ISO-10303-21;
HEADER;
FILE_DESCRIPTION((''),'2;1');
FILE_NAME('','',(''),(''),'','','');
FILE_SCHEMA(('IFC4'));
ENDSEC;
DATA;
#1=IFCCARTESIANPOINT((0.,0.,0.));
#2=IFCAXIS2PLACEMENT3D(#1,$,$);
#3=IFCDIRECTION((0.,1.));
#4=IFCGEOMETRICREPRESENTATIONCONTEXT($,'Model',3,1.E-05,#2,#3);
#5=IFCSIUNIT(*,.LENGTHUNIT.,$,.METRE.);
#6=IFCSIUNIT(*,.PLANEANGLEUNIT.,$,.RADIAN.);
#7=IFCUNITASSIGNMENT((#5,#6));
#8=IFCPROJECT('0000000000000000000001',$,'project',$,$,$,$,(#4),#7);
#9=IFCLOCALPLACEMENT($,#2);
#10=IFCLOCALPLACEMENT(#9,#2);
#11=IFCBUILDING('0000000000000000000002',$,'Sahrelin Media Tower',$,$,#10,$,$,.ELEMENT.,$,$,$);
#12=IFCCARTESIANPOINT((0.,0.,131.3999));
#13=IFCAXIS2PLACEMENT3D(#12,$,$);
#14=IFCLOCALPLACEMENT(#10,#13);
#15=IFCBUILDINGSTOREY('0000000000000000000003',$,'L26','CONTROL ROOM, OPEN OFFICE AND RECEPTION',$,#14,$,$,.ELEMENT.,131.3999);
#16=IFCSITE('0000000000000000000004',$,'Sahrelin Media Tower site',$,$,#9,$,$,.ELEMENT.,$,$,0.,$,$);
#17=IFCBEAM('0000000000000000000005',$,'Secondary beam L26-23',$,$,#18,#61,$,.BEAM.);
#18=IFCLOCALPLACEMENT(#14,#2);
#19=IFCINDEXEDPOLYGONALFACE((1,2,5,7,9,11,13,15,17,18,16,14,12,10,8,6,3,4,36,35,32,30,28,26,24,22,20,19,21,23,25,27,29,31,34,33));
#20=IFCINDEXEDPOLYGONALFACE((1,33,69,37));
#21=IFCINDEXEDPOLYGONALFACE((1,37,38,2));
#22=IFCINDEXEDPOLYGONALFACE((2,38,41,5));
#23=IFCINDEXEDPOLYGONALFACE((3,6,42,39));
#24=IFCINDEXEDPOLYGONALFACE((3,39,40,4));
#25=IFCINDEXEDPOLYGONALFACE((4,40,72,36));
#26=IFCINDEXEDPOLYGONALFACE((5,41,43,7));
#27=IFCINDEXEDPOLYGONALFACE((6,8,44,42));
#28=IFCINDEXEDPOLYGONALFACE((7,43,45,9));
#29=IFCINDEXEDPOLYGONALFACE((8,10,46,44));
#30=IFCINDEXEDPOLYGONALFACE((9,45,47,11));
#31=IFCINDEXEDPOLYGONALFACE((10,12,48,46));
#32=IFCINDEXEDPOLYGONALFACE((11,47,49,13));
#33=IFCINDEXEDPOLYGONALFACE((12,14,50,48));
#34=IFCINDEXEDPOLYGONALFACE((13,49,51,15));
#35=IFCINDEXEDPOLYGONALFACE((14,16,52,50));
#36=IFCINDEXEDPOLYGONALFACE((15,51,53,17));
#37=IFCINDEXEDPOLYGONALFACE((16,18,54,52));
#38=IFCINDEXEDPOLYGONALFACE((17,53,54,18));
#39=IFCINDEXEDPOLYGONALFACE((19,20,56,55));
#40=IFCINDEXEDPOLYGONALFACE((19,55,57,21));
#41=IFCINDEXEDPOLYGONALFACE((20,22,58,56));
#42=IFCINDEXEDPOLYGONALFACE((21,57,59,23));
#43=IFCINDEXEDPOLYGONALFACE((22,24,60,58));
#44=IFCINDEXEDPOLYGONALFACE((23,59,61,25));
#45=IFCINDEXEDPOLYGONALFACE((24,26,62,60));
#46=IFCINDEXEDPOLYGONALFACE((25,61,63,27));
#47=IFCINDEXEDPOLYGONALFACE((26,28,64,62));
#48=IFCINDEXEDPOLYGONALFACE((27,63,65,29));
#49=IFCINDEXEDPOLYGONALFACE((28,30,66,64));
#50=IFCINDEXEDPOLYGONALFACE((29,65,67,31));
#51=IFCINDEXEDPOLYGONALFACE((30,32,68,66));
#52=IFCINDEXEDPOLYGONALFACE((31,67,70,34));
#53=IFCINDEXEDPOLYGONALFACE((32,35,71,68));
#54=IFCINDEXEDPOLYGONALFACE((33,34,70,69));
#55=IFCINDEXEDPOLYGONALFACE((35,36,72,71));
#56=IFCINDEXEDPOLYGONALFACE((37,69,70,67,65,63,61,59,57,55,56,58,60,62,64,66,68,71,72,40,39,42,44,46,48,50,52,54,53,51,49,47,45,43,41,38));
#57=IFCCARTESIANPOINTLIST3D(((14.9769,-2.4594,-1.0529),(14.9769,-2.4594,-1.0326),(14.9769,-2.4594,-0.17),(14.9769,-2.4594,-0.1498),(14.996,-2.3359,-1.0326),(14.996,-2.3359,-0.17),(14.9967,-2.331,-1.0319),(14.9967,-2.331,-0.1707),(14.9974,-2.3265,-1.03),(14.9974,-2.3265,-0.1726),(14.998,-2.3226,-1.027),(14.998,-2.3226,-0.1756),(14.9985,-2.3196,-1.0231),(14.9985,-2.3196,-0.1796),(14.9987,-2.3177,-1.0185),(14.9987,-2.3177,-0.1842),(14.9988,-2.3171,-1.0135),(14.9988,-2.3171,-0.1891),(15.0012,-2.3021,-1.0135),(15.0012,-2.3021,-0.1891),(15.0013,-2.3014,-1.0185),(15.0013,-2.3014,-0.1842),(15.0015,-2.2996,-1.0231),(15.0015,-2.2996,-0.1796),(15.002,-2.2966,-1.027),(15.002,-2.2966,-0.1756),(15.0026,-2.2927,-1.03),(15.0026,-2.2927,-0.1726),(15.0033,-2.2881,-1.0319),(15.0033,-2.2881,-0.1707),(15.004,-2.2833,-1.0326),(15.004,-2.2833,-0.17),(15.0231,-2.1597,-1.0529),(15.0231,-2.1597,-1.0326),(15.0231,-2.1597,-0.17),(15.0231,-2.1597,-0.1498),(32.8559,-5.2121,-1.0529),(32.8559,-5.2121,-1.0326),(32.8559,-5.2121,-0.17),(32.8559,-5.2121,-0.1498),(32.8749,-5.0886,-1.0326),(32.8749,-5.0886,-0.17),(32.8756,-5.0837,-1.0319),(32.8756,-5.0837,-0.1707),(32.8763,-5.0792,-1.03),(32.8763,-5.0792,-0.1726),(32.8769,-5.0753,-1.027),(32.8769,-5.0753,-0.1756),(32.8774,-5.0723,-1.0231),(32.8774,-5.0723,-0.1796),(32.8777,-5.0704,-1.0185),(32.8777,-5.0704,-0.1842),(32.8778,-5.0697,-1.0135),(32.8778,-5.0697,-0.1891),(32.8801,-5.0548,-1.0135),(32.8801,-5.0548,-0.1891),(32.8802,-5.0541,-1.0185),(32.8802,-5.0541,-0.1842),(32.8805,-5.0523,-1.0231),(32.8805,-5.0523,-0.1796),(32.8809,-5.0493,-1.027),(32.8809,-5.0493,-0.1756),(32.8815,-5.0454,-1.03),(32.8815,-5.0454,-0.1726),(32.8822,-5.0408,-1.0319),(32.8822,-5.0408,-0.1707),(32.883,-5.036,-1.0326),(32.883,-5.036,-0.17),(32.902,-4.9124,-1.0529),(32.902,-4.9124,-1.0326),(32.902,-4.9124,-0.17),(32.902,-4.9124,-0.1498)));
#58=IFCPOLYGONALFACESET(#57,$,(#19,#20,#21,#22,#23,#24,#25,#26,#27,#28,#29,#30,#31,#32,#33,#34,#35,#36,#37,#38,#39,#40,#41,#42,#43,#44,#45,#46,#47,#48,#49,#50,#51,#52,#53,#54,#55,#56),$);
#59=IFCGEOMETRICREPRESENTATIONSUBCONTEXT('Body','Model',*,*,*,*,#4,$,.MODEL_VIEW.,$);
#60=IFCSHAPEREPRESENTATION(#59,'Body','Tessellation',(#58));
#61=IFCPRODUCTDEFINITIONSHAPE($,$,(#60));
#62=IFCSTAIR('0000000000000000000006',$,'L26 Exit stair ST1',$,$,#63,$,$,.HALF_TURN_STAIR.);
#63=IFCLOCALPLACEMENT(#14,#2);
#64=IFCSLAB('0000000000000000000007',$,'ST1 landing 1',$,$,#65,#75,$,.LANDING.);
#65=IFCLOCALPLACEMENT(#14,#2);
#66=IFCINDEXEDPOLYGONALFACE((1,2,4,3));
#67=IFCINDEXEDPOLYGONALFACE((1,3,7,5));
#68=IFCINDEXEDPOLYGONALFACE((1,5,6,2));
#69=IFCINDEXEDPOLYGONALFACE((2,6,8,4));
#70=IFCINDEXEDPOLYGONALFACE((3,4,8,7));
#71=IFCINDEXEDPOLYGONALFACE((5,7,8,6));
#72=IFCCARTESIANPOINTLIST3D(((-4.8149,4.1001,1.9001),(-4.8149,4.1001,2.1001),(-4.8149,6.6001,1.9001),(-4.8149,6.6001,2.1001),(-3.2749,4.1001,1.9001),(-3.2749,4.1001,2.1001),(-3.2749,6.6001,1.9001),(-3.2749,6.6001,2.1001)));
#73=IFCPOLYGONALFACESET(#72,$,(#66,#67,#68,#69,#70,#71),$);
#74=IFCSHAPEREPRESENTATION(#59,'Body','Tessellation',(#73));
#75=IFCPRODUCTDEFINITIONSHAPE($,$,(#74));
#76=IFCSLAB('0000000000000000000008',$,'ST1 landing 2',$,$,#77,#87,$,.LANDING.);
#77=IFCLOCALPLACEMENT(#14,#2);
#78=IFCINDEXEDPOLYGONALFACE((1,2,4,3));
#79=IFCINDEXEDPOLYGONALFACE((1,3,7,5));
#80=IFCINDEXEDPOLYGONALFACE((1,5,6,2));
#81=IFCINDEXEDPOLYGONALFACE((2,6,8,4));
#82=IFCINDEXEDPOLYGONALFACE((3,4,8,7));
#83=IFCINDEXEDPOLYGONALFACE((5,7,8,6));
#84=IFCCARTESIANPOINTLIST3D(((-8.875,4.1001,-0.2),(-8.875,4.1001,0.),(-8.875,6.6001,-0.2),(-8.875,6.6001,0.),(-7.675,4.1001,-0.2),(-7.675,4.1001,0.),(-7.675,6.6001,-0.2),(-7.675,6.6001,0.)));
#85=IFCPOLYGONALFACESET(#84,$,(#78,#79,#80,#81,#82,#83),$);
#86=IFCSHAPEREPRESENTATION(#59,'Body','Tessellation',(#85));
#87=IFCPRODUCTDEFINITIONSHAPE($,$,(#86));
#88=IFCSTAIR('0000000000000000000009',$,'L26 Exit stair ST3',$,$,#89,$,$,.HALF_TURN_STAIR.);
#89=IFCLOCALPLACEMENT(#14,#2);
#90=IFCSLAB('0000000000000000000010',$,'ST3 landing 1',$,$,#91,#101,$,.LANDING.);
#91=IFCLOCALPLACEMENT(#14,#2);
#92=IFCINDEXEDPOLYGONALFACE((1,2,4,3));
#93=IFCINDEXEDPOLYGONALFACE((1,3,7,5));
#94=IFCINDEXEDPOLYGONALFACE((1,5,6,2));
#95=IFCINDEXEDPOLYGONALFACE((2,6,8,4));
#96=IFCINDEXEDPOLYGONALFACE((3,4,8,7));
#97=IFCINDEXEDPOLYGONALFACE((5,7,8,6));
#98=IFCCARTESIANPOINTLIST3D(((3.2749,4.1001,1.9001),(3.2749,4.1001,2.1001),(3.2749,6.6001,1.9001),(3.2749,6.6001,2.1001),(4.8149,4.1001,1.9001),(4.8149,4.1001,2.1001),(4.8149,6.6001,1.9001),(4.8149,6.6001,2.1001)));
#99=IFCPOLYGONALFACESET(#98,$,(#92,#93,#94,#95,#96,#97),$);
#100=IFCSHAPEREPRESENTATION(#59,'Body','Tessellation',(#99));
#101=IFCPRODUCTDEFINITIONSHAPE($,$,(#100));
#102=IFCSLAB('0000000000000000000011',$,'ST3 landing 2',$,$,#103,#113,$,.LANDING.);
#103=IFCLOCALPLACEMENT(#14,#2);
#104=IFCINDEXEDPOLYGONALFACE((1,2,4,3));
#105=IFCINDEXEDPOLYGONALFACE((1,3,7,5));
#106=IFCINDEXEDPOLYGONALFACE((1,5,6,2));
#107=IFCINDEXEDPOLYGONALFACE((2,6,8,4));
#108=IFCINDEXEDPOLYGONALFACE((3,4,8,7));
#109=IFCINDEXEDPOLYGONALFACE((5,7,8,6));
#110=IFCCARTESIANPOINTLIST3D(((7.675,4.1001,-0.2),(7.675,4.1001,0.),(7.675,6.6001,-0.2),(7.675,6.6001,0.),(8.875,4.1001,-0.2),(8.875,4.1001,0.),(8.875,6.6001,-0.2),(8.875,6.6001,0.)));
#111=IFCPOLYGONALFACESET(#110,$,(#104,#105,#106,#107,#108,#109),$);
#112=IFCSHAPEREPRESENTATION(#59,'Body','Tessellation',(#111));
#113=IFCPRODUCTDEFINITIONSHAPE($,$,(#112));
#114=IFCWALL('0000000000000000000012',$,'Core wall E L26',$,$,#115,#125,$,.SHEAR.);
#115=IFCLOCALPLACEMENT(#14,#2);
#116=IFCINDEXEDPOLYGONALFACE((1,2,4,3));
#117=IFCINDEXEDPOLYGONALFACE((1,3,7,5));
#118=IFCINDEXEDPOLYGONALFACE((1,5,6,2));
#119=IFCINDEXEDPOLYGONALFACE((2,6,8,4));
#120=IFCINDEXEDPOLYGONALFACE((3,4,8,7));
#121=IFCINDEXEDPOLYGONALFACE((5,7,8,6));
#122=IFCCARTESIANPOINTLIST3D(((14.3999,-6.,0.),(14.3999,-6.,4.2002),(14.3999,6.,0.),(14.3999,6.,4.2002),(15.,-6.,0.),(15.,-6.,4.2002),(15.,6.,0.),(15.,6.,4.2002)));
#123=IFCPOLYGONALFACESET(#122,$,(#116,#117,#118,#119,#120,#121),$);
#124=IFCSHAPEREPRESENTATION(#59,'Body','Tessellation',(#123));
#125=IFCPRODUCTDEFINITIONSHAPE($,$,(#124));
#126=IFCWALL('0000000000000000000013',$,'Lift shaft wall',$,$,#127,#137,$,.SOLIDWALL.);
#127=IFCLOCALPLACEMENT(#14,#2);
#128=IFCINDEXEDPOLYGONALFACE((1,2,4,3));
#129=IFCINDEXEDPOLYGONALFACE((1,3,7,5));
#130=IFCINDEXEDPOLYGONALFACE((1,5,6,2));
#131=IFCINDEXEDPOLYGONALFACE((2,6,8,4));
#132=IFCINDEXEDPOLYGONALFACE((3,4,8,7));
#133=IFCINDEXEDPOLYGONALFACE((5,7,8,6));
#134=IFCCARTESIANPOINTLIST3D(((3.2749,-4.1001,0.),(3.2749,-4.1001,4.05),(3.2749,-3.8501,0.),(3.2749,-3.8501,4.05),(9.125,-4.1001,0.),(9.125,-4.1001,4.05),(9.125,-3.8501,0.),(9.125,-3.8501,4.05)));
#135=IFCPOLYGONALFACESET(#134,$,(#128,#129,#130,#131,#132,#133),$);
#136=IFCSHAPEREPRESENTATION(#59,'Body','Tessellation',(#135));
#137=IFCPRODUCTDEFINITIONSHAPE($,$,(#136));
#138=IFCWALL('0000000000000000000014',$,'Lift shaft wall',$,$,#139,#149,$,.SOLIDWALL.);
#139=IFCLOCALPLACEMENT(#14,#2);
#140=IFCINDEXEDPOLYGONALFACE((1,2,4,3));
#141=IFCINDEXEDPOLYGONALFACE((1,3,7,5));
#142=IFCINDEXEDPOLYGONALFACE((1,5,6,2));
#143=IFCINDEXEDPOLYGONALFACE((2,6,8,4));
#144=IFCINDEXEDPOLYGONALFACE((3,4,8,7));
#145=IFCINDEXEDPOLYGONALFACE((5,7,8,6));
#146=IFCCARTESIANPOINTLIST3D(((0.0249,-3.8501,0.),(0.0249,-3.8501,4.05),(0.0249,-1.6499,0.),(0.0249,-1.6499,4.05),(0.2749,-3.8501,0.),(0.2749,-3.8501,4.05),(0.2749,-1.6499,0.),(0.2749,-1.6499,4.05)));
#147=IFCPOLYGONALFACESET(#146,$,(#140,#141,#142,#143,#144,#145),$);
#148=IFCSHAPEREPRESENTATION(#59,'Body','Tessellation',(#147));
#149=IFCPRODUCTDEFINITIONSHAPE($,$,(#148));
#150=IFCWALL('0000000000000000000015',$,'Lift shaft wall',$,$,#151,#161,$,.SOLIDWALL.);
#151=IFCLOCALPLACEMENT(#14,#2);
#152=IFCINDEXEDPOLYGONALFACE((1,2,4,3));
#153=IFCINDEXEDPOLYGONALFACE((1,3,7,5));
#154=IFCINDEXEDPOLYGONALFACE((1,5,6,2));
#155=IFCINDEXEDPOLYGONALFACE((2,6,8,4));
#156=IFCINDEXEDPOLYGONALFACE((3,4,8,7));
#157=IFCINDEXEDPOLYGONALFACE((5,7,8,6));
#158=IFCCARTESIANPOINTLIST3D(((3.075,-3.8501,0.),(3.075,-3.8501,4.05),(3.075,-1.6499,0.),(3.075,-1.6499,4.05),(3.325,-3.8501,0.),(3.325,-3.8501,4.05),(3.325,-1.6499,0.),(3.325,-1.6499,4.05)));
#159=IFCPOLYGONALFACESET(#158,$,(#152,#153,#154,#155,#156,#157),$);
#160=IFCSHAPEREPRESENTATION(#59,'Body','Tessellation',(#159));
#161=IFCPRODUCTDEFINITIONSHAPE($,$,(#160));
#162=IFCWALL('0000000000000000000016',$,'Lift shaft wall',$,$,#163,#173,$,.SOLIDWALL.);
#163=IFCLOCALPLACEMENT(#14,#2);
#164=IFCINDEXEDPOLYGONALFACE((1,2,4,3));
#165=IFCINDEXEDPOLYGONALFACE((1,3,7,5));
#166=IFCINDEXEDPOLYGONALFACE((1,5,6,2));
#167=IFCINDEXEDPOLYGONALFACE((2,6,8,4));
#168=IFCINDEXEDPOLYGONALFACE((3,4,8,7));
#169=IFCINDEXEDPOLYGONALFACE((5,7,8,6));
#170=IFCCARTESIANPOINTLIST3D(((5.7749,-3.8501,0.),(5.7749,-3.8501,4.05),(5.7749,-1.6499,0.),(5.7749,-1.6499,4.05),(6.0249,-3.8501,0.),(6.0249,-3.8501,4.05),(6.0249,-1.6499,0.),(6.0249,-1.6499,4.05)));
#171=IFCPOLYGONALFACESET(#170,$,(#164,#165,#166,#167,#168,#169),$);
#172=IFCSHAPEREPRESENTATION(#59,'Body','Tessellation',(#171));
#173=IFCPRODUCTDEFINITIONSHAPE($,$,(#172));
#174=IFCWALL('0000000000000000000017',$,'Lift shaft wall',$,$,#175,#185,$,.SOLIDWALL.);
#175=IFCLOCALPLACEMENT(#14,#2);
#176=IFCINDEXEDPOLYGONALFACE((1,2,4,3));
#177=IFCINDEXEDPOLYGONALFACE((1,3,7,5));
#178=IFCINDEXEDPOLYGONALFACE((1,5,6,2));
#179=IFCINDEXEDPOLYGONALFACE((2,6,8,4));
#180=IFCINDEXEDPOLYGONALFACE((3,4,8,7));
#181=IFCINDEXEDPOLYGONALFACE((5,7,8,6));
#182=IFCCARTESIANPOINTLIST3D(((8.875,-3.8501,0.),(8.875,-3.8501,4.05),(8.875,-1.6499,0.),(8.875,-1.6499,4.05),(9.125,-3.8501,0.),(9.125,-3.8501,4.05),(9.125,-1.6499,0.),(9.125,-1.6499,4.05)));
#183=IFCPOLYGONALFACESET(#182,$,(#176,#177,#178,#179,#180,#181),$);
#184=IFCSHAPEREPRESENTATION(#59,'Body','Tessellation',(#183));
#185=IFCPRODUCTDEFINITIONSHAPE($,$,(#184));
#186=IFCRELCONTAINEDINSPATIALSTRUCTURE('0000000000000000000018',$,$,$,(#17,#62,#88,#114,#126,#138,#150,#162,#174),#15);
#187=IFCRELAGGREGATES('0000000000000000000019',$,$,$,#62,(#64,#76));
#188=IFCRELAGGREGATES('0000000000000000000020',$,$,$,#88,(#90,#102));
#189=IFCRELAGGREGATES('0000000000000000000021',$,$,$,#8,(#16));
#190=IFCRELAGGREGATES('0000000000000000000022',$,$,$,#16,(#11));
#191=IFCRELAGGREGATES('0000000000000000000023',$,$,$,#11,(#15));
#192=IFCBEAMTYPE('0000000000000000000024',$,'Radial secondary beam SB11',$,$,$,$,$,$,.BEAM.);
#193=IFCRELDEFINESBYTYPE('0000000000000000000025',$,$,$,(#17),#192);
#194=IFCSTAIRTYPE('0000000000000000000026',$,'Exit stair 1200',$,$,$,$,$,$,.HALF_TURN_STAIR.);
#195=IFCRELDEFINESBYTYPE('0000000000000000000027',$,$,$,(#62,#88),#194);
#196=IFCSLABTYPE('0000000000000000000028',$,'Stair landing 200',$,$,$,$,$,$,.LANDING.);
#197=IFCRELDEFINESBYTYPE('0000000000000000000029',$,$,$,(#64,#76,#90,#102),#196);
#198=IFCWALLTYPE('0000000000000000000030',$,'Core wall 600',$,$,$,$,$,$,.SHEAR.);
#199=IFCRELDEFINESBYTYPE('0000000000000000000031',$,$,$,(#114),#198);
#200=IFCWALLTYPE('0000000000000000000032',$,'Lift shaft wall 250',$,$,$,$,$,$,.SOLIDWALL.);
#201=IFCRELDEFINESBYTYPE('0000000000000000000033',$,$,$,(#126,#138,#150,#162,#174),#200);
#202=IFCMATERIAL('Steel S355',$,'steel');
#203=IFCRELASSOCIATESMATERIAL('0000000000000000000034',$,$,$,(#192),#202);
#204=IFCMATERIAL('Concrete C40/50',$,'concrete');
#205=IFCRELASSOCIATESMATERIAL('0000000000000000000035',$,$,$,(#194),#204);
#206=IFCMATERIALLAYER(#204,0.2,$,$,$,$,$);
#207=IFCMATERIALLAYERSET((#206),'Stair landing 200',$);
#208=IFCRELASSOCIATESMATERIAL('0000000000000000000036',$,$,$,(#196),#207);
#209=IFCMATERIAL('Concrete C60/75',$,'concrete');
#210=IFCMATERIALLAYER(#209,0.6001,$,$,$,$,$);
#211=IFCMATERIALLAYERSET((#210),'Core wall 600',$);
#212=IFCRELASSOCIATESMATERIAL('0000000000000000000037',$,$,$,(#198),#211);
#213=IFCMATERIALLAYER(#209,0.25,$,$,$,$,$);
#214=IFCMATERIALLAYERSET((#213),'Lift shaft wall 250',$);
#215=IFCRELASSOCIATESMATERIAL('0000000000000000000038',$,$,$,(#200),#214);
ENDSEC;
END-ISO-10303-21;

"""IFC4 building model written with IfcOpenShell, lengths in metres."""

from ifc_helpers import new_model, si_unit, direction, frame, frame_2d, origin, origin_2d, place, context, subcontext, project, spatial, polyline, rectangle, i_section, outline, extrude, material, layer, layer_set, material_profile, profile_set, type_object, element, aggregate, save


model = new_model("IFC4")

# Units and contexts
model_context = context("Model", 3, precision=1e-05, world=origin(), true_north=direction((0.0, 1.0)))
body_context = subcontext(model_context, "Body", "Model", "MODEL_VIEW")
ifc_project = project(units=[si_unit("LENGTHUNIT", "METRE"), si_unit("PLANEANGLEUNIT", "RADIAN")], contexts=[model_context])

# Site, building, storey
site_placement = place(None, origin())
site = spatial("IfcSite", under=ifc_project, at=site_placement, Name="Sahrelin Media Tower site", CompositionType="ELEMENT", RefElevation=0.0)
building_placement = place(site_placement, origin())
building = spatial("IfcBuilding", under=site, at=building_placement, Name="Sahrelin Media Tower", CompositionType="ELEMENT")
storey_placement = place(building_placement, frame((0.0, 0.0, 131.3999)))
storey = spatial("IfcBuildingStorey", under=building, at=storey_placement, Name="L26", Description="CONTROL ROOM, OPEN OFFICE AND RECEPTION", CompositionType="ELEMENT", Elevation=131.3999)

# Beam
ifc_material_1 = material(Name="Steel S355", Category="steel")
ifc_material_profile_1 = material_profile(ifc_material_1, i_section(OverallWidth=0.3032, OverallDepth=0.9031, WebThickness=0.0151, FlangeThickness=0.0203, FilletRadius=0.019, at=origin_2d()), Name="UB 914x305x201")
ifc_profile_set_1 = profile_set([ifc_material_profile_1], Name="Steel S355")
beam_type_1 = type_object("IfcBeamType", Name="Radial secondary beam SB11", PredefinedType="BEAM", material=ifc_profile_set_1)
beam_1_placement = place(storey_placement, frame((15.0, -2.3096, -0.6013), z_axis=(0.988354, -0.15217, 0.0), x_axis=(0.15217, 0.988354, 0.0)))
element("IfcBeam", 1, at=beam_1_placement, inside=storey, type_object=beam_type_1, Name="Secondary beam L26-23", PredefinedType="BEAM", context=body_context, shape_type="SweptSolid", body=[
    extrude(i_section(OverallWidth=0.3032, OverallDepth=0.9031, WebThickness=0.0151, FlangeThickness=0.0203, FilletRadius=0.019, at=origin_2d()), origin(), (0.0, 0.0, 1.0), 18.0896),
])

# Stairs, slabs
ifc_material_2 = material(Name="Concrete C40/50", Category="concrete")
stair_type = type_object("IfcStairType", Name="Exit stair 1200", PredefinedType="HALF_TURN_STAIR", material=ifc_material_2)
placement_1 = place(storey_placement, origin())
stair_1 = element("IfcStair", 2, at=placement_1, inside=storey, type_object=stair_type, Name="L26 Exit stair ST1", PredefinedType="HALF_TURN_STAIR")
ifc_layer_1 = layer(ifc_material_2, 0.2)
ifc_layer_set_1 = layer_set([ifc_layer_1], Name="Stair landing 200")
slab_type = type_object("IfcSlabType", Name="Stair landing 200", PredefinedType="LANDING", material=ifc_layer_set_1)
placement_2 = place(storey_placement, frame((0.0, 0.0, 1.9001)))
slab_1 = element("IfcSlab", 3, at=placement_2, type_object=slab_type, Name="ST1 landing 1", PredefinedType="LANDING", context=body_context, shape_type="SweptSolid", body=[
    extrude(outline(polyline([(-4.8149, 4.1001), (-3.2749, 4.1001), (-3.2749, 6.6001), (-4.8149, 6.6001), (-4.8149, 4.1001)])), origin(), (0.0, 0.0, 1.0), 0.2),
])
placement_3 = place(storey_placement, frame((0.0, 0.0, -0.2)))
slab_2 = element("IfcSlab", 4, at=placement_3, type_object=slab_type, Name="ST1 landing 2", PredefinedType="LANDING", context=body_context, shape_type="SweptSolid", body=[
    extrude(outline(polyline([(-8.875, 4.1001), (-7.675, 4.1001), (-7.675, 6.6001), (-8.875, 6.6001), (-8.875, 4.1001)])), origin(), (0.0, 0.0, 1.0), 0.2),
])
aggregate(stair_1, [slab_1, slab_2])
stair_2 = element("IfcStair", 5, at=placement_1, inside=storey, type_object=stair_type, Name="L26 Exit stair ST3", PredefinedType="HALF_TURN_STAIR")
slab_3 = element("IfcSlab", 6, at=placement_2, type_object=slab_type, Name="ST3 landing 1", PredefinedType="LANDING", context=body_context, shape_type="SweptSolid", body=[
    extrude(outline(polyline([(4.8149, 6.6001), (3.2749, 6.6001), (3.2749, 4.1001), (4.8149, 4.1001), (4.8149, 6.6001)])), origin(), (0.0, 0.0, 1.0), 0.2),
])
slab_4 = element("IfcSlab", 7, at=placement_3, type_object=slab_type, Name="ST3 landing 2", PredefinedType="LANDING", context=body_context, shape_type="SweptSolid", body=[
    extrude(outline(polyline([(8.875, 6.6001), (7.675, 6.6001), (7.675, 4.1001), (8.875, 4.1001), (8.875, 6.6001)])), origin(), (0.0, 0.0, 1.0), 0.2),
])
aggregate(stair_2, [slab_3, slab_4])

# Walls
ifc_material_3 = material(Name="Concrete C60/75", Category="concrete")
ifc_layer_2 = layer(ifc_material_3, 0.6001)
ifc_layer_set_2 = layer_set([ifc_layer_2], Name="Core wall 600")
wall_type_1 = type_object("IfcWallType", Name="Core wall 600", PredefinedType="SHEAR", material=ifc_layer_set_2)
wall_1_placement = place(storey_placement, frame((14.7, -6.0, 0.0), z_axis=(0.0, 0.0, 1.0), x_axis=(0.0, 1.0, 0.0)))
element("IfcWall", 8, at=wall_1_placement, inside=storey, type_object=wall_type_1, Name="Core wall E L26", PredefinedType="SHEAR", context=body_context, shape_type="SweptSolid", body=[
    extrude(rectangle(XDim=12.0, YDim=0.6001, at=frame_2d((6.0, 0.0))), origin(), (0.0, 0.0, 1.0), 4.2002),
])
ifc_layer_3 = layer(ifc_material_3, 0.25)
ifc_layer_set_3 = layer_set([ifc_layer_3], Name="Lift shaft wall 250")
wall_type_2 = type_object("IfcWallType", Name="Lift shaft wall 250", PredefinedType="SOLIDWALL", material=ifc_layer_set_3)
wall_2_placement = place(storey_placement, frame((3.2749, -3.9751, 0.0), z_axis=(0.0, 0.0, 1.0), x_axis=(1.0, 0.0, 0.0)))
element("IfcWall", 9, at=wall_2_placement, inside=storey, type_object=wall_type_2, Name="Lift shaft wall", PredefinedType="SOLIDWALL", context=body_context, shape_type="SweptSolid", body=[
    extrude(rectangle(XDim=5.8501, YDim=0.25, at=frame_2d((2.925, 0.0))), origin(), (0.0, 0.0, 1.0), 4.05),
])
for number, where, z_axis, x_axis, name in (
    (10, (0.1499, -3.8501, 0.0), (0.0, 0.0, 1.0), (0.0, 1.0, 0.0), "Lift shaft wall"),
    (11, (3.2, -3.8501, 0.0), (0.0, 0.0, 1.0), (0.0, 1.0, 0.0), "Lift shaft wall"),
    (12, (5.8999, -3.8501, 0.0), (0.0, 0.0, 1.0), (0.0, 1.0, 0.0), "Lift shaft wall"),
    (13, (9.0, -3.8501, 0.0), (0.0, 0.0, 1.0), (0.0, 1.0, 0.0), "Lift shaft wall"),
):
    element("IfcWall", number, at=place(storey_placement, frame(where, z_axis=z_axis, x_axis=x_axis)), inside=storey, type_object=wall_type_2, Name=name, PredefinedType="SOLIDWALL", context=body_context, shape_type="SweptSolid", body=[
        extrude(rectangle(XDim=2.2002, YDim=0.25, at=frame_2d((1.1001, 0.0))), origin(), (0.0, 0.0, 1.0), 4.05),
    ])

save(model, "model.ifc")
